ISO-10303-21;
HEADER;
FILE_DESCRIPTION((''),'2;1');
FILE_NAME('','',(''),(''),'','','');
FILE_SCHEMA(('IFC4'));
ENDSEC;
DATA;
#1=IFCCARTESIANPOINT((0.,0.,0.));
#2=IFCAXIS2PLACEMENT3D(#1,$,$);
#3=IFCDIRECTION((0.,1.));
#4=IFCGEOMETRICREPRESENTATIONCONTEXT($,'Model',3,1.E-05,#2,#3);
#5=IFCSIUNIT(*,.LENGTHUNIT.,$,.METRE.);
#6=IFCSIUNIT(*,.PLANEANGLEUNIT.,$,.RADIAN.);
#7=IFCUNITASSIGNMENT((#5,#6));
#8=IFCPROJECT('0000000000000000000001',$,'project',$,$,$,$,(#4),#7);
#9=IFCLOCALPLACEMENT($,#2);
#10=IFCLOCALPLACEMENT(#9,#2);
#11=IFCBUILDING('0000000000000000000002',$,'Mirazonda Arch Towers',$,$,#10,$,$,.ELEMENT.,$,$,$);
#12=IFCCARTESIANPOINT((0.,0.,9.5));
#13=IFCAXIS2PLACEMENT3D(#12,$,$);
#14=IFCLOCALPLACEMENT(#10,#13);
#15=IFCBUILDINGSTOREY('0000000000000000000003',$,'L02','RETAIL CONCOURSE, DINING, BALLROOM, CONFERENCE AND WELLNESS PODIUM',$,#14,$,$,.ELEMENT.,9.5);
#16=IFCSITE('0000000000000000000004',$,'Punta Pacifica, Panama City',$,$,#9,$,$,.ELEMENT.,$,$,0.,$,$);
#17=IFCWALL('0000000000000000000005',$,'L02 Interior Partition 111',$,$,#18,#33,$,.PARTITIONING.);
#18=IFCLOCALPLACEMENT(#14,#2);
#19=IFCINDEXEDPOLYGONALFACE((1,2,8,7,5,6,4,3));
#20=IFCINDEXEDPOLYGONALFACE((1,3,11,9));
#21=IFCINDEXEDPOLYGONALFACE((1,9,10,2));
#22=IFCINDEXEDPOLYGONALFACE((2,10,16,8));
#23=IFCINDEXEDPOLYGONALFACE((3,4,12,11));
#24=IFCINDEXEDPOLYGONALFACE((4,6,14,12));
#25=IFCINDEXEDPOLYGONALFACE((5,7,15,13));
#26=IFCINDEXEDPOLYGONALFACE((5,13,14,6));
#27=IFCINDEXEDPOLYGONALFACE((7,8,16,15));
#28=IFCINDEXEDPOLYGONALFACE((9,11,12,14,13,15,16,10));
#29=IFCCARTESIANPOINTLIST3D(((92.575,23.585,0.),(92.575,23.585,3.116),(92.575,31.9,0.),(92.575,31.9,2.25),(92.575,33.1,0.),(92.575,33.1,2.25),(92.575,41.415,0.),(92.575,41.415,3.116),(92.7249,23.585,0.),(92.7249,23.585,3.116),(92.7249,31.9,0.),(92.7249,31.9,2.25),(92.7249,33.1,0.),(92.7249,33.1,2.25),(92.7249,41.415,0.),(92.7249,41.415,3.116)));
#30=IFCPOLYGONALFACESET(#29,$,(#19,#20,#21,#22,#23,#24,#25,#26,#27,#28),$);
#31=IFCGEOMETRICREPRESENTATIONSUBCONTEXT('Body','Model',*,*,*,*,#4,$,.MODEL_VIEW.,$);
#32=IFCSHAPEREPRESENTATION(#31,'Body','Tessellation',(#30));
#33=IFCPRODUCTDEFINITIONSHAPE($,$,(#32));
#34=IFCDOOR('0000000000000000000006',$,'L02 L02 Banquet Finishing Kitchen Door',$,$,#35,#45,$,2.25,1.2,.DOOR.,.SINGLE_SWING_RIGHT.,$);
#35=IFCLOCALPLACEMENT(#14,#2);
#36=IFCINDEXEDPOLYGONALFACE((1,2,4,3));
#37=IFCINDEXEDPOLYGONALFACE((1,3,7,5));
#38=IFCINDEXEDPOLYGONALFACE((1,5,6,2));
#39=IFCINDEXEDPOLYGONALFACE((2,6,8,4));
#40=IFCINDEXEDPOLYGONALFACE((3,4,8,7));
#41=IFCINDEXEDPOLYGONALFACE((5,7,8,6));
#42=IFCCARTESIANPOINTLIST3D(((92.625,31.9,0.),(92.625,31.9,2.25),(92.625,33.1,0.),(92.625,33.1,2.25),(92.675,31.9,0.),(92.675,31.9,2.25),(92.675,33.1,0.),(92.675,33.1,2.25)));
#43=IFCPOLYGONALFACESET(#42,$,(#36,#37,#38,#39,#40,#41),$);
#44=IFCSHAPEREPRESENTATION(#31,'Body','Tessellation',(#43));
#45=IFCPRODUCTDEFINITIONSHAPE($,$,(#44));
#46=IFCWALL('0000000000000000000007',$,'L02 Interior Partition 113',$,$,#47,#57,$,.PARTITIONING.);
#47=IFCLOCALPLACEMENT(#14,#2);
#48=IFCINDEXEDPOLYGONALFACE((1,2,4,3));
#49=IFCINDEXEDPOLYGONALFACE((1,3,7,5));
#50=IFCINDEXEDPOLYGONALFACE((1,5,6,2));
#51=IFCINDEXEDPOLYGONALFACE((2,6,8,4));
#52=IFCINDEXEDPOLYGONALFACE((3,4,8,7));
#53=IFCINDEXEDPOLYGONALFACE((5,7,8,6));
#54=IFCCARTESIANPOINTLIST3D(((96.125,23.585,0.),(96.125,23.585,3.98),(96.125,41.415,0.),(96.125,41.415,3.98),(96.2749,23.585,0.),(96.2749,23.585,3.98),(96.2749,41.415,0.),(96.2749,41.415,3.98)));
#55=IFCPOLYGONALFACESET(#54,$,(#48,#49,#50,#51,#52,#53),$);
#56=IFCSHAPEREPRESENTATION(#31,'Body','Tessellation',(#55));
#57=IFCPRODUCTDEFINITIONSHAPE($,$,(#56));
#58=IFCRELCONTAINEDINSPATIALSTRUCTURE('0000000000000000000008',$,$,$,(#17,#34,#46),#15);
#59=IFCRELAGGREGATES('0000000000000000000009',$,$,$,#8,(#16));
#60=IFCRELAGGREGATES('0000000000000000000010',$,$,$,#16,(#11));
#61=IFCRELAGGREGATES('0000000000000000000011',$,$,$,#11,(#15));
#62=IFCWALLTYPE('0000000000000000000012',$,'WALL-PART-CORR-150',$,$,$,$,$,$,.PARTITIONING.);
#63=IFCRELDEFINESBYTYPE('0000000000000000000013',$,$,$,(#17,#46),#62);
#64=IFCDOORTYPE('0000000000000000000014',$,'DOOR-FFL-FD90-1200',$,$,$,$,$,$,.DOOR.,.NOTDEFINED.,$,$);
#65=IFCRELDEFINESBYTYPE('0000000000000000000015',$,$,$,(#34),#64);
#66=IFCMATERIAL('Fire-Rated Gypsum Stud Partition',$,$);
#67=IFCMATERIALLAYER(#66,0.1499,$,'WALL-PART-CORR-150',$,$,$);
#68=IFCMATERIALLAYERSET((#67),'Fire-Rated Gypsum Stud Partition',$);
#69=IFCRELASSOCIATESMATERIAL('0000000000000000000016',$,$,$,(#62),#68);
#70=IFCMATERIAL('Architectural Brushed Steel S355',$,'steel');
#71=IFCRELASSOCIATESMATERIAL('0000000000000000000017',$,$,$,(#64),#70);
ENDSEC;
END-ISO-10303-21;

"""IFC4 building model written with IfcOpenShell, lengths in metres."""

from ifc_helpers import new_model, si_unit, direction, frame, frame_2d, origin, place, context, subcontext, project, spatial, rectangle, extrude, material, layer, layer_set, type_object, element, fill, save


model = new_model("IFC4")

# Units and contexts
model_context = context("Model", 3, precision=1e-05, world=origin(), true_north=direction((0.0, 1.0)))
body_context = subcontext(model_context, "Body", "Model", "MODEL_VIEW")
ifc_project = project(units=[si_unit("LENGTHUNIT", "METRE"), si_unit("PLANEANGLEUNIT", "RADIAN")], contexts=[model_context])

# Site, building, storey
site_placement = place(None, origin())
site = spatial("IfcSite", under=ifc_project, at=site_placement, Name="Punta Pacifica, Panama City", CompositionType="ELEMENT", RefElevation=0.0)
building_placement = place(site_placement, origin())
building = spatial("IfcBuilding", under=site, at=building_placement, Name="Mirazonda Arch Towers", CompositionType="ELEMENT")
storey_placement = place(building_placement, frame((0.0, 0.0, 9.5)))
storey = spatial("IfcBuildingStorey", under=building, at=storey_placement, Name="L02", Description="RETAIL CONCOURSE, DINING, BALLROOM, CONFERENCE AND WELLNESS PODIUM", CompositionType="ELEMENT", Elevation=9.5)

# Shared definitions
ifc_material_1 = material(Name="Fire-Rated Gypsum Stud Partition")
ifc_layer_1 = layer(ifc_material_1, 0.1499, Name="WALL-PART-CORR-150")
ifc_layer_set_1 = layer_set([ifc_layer_1], Name="Fire-Rated Gypsum Stud Partition")
wall_type = type_object("IfcWallType", Name="WALL-PART-CORR-150", PredefinedType="PARTITIONING", material=ifc_layer_set_1)

# Wall, opening, door
wall_1_placement = place(storey_placement, frame((92.6499, 23.585, 0.0), z_axis=(0.0, 0.0, 1.0), x_axis=(0.0, 1.0, 0.0)))
wall_1 = element("IfcWall", 1, at=wall_1_placement, inside=storey, type_object=wall_type, Name="L02 Interior Partition 111", PredefinedType="PARTITIONING", context=body_context, shape_type="SweptSolid", body=[
    extrude(rectangle(XDim=17.8301, YDim=0.1499, at=frame_2d((8.915, 0.0))), origin(), (0.0, 0.0, 1.0), 3.116),
])
opening_placement = place(wall_1_placement, frame((8.3149, 0.0, 0.0)))
opening = element("IfcOpeningElement", 2, at=opening_placement, cuts=wall_1, PredefinedType="OPENING", context=body_context, shape_type="SweptSolid", body=[
    extrude(rectangle(XDim=1.2, YDim=2.25, at=frame_2d((0.6001, 1.125))), frame((0.0, 0.085, 0.0), z_axis=(0.0, -1.0, 0.0), x_axis=(1.0, 0.0, 0.0)), (0.0, 0.0, 1.0), 0.1699),
])
ifc_material_2 = material(Name="Architectural Brushed Steel S355", Category="steel")
door_type = type_object("IfcDoorType", Name="DOOR-FFL-FD90-1200", OperationType="NOTDEFINED", PredefinedType="DOOR", material=ifc_material_2)
door_placement = place(opening_placement, origin())
door = element("IfcDoor", 3, at=door_placement, inside=storey, type_object=door_type, Name="L02 L02 Banquet Finishing Kitchen Door", OperationType="SINGLE_SWING_RIGHT", OverallHeight=2.25, OverallWidth=1.2, PredefinedType="DOOR", context=body_context, shape_type="SweptSolid", body=[
    extrude(rectangle(XDim=1.2, YDim=2.25, at=frame_2d((0.6001, 1.125))), frame((0.0, 0.0249, 0.0), z_axis=(0.0, -1.0, 0.0), x_axis=(1.0, 0.0, 0.0)), (0.0, 0.0, 1.0), 0.05),
])
fill(opening, door)

# Wall
wall_2_placement = place(storey_placement, frame((96.2, 23.585, 0.0), z_axis=(0.0, 0.0, 1.0), x_axis=(0.0, 1.0, 0.0)))
element("IfcWall", 4, at=wall_2_placement, inside=storey, type_object=wall_type, Name="L02 Interior Partition 113", PredefinedType="PARTITIONING", context=body_context, shape_type="SweptSolid", body=[
    extrude(rectangle(XDim=17.8301, YDim=0.1499, at=frame_2d((8.915, 0.0))), origin(), (0.0, 0.0, 1.0), 3.98),
])

save(model, "model.ifc")
